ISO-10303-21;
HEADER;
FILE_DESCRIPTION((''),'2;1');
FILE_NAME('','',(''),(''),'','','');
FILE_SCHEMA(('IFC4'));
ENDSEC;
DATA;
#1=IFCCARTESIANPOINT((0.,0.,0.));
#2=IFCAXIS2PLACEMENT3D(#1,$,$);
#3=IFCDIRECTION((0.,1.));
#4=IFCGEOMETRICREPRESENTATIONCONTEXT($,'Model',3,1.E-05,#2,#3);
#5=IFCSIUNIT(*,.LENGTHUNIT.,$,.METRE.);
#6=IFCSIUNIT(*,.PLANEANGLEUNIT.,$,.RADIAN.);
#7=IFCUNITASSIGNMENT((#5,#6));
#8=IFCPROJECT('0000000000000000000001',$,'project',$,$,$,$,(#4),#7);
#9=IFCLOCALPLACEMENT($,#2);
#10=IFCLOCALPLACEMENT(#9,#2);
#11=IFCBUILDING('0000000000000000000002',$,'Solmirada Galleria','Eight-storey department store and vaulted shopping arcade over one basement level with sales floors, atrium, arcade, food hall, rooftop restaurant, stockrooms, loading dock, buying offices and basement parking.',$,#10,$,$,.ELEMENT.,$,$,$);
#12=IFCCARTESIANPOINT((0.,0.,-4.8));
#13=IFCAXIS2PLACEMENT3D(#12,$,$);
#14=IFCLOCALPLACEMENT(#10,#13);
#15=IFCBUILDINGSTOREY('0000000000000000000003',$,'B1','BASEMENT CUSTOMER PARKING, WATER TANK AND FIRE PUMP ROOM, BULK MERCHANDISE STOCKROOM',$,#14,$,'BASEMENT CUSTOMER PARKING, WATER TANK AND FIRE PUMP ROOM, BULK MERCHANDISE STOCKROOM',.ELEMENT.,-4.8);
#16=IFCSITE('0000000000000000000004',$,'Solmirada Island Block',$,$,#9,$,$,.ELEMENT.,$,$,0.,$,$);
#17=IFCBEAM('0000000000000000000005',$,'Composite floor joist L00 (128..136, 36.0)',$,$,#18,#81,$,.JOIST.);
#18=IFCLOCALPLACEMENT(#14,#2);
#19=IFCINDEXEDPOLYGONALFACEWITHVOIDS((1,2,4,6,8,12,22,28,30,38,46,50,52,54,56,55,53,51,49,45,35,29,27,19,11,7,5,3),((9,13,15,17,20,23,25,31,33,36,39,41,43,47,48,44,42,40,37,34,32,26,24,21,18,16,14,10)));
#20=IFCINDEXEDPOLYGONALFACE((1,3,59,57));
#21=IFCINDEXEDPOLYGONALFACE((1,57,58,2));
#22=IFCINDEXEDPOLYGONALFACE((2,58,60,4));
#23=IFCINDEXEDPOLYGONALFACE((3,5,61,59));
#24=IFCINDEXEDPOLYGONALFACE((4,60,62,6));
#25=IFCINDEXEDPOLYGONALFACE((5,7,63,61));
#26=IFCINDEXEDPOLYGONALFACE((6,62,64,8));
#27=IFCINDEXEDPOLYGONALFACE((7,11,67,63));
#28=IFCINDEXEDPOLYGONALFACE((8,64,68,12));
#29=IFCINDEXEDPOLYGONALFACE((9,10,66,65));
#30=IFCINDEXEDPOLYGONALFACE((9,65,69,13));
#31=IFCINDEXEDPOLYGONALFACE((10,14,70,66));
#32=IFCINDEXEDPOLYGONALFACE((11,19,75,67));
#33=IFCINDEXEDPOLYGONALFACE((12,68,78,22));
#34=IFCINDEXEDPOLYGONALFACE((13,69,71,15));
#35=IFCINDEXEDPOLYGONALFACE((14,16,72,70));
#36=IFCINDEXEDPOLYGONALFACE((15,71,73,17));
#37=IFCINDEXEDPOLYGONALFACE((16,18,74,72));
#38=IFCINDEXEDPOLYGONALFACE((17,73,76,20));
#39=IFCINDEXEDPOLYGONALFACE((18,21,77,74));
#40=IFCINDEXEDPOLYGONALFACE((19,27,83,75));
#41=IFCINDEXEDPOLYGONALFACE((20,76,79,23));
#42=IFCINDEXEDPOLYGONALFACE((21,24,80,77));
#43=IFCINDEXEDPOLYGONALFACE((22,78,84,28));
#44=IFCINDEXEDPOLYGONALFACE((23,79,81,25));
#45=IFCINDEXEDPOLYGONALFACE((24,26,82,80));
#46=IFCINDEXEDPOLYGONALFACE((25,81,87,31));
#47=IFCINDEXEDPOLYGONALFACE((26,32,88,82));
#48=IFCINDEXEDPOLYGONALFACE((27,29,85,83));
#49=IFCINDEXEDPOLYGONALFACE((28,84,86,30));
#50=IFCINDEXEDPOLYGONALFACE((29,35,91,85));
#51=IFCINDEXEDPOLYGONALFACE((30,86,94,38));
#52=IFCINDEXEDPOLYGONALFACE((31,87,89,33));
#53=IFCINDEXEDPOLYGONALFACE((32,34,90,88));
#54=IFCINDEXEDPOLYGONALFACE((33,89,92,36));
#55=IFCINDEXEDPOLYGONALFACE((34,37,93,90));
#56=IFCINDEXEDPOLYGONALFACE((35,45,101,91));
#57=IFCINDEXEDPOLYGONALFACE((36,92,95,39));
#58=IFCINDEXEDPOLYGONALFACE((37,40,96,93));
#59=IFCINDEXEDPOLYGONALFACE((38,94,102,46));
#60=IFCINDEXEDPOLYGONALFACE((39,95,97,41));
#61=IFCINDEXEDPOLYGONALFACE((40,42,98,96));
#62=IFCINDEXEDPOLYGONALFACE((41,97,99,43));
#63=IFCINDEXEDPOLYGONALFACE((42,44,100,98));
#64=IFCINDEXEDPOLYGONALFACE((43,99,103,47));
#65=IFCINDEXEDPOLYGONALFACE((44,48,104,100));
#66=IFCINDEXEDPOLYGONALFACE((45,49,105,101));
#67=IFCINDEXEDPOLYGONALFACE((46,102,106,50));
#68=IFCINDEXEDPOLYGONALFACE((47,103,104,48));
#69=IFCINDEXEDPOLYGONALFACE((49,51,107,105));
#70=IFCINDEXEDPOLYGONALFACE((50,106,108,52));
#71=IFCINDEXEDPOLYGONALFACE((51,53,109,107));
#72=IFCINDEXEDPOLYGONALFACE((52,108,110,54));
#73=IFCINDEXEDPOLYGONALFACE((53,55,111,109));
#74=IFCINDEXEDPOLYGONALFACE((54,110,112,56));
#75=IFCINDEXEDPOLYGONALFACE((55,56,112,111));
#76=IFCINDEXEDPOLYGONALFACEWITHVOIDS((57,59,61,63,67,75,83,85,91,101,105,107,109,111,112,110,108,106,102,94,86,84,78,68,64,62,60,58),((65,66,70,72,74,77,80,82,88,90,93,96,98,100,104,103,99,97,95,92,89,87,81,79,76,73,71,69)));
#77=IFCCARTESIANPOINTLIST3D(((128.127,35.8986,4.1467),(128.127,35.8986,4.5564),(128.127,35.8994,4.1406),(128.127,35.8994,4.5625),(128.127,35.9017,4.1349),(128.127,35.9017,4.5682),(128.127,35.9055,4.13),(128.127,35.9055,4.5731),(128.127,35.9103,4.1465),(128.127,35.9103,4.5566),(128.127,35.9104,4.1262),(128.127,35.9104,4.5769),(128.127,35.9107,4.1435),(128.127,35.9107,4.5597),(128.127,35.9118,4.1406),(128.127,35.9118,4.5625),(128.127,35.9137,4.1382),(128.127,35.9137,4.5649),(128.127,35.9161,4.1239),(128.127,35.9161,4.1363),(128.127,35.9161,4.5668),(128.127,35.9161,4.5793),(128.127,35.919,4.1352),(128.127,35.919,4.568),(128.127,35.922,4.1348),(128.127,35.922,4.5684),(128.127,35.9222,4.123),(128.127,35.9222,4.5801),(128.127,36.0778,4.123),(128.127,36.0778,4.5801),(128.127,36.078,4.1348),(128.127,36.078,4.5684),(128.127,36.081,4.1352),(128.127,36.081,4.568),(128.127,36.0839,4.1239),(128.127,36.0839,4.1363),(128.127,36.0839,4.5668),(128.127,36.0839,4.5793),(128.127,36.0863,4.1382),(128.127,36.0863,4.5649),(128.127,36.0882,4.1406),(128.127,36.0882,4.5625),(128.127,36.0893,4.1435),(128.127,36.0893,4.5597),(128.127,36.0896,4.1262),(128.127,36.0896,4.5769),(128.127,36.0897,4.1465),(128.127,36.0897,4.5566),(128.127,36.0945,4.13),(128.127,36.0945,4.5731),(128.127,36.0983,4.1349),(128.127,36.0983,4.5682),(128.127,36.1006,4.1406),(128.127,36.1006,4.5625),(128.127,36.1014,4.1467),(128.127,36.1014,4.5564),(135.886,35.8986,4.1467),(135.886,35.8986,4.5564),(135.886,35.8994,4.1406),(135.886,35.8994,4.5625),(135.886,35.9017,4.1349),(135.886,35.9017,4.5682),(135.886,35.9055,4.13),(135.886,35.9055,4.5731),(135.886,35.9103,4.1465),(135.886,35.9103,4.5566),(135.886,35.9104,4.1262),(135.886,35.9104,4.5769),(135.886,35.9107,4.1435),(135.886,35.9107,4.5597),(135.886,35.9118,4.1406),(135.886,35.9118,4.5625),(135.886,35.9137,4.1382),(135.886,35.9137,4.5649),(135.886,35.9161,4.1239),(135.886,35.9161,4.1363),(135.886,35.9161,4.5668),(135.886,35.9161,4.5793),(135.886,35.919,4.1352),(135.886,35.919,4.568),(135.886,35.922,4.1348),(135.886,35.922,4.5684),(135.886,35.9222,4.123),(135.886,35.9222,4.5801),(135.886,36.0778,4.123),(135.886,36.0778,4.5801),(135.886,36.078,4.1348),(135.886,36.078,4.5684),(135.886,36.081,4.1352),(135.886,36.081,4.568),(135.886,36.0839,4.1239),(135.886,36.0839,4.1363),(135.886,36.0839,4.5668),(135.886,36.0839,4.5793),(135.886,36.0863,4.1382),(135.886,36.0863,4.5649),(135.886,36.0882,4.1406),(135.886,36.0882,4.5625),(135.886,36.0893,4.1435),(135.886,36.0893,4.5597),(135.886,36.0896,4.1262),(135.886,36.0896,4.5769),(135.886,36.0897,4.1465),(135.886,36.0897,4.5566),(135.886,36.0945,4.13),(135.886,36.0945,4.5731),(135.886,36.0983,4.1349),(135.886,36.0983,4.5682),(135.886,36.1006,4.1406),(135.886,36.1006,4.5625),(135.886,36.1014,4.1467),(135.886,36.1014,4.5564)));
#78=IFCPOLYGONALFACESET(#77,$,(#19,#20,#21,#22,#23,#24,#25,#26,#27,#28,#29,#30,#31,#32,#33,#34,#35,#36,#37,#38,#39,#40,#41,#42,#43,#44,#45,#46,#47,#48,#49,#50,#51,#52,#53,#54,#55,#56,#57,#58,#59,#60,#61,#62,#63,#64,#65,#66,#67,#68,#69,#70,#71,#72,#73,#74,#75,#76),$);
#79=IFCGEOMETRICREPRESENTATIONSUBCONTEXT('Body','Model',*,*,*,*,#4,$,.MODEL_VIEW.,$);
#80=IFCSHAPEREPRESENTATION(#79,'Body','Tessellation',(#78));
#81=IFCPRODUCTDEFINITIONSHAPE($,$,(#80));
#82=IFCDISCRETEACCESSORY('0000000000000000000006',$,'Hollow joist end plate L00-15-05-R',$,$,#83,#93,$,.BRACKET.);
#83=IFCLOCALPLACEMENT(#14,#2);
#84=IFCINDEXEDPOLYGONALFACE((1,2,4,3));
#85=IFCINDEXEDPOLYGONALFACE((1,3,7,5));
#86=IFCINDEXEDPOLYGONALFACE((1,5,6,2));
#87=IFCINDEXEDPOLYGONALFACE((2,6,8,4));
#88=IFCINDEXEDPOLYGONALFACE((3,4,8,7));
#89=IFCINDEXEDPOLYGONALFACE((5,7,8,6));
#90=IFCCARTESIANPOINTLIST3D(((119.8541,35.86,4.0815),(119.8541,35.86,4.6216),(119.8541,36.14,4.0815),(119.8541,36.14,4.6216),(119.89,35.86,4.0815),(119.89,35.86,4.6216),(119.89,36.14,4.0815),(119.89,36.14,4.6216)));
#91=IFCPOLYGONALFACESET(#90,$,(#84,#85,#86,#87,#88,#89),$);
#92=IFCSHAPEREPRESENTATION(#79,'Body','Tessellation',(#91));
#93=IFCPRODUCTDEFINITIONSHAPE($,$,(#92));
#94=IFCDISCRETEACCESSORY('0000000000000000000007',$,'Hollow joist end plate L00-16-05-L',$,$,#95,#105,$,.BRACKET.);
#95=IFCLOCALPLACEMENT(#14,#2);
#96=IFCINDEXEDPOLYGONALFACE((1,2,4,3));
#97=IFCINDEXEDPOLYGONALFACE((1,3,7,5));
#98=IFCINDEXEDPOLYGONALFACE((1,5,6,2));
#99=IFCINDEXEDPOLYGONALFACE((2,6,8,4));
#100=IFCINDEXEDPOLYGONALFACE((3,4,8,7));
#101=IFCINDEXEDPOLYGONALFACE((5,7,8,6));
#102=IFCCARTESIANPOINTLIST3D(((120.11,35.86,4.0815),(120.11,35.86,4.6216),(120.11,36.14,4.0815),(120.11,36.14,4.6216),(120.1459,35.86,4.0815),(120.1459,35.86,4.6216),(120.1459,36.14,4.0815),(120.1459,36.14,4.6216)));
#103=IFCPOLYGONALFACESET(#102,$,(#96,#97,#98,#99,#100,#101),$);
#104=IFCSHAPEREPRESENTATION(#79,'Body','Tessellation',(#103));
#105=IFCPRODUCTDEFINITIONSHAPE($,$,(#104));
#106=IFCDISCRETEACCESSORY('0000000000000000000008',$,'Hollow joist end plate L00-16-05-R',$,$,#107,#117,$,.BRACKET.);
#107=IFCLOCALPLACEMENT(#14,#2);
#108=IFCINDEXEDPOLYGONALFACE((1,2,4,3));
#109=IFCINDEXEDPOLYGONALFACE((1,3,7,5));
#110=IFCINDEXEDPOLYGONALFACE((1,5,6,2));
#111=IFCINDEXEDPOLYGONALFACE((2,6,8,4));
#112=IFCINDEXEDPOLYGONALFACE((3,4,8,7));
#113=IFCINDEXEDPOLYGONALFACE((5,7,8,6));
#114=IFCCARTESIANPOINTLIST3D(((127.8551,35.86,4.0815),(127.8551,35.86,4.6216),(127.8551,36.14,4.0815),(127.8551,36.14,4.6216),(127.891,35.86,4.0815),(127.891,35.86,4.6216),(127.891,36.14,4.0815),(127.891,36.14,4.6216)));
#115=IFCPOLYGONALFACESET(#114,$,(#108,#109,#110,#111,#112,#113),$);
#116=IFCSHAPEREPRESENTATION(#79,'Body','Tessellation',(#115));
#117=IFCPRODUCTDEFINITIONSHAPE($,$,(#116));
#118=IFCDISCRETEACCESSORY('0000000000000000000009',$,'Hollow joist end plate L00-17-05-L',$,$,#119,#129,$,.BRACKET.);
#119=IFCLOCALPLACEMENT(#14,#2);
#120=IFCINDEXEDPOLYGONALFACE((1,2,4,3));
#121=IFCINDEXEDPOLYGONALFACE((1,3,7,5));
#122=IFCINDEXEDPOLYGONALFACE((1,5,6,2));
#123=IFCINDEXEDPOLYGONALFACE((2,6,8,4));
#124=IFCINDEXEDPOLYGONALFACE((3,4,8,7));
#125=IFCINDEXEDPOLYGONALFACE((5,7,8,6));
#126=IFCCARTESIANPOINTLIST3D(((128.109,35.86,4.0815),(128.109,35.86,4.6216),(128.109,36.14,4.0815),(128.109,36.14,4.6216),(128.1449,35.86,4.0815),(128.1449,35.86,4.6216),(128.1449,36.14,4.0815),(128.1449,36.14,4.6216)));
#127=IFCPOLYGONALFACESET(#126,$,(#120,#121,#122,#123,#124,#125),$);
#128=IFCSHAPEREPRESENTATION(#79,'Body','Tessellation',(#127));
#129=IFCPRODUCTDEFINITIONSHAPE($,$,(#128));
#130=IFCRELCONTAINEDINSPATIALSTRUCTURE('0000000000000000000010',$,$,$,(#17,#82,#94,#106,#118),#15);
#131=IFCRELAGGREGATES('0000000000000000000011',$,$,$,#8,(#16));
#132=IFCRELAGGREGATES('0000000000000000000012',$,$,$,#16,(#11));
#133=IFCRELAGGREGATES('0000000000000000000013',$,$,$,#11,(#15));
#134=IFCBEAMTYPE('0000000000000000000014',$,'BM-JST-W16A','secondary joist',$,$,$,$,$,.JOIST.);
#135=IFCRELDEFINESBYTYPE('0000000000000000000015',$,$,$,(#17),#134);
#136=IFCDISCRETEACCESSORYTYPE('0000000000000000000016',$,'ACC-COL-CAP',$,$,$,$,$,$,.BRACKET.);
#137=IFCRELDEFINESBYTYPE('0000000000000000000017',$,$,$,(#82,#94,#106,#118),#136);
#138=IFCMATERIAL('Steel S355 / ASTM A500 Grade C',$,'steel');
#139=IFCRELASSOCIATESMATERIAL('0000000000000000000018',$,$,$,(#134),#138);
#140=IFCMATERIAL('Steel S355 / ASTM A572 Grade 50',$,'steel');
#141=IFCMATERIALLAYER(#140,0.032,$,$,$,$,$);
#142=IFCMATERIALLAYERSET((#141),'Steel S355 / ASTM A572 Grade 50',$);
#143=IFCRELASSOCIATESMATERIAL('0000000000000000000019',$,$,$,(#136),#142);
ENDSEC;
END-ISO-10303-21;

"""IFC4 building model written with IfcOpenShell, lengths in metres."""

from ifc_helpers import new_model, si_unit, direction, frame, origin, origin_2d, place, context, subcontext, project, spatial, rectangle, hollow_rectangle, extrude, material, layer, layer_set, material_profile, profile_set, type_object, element, save


model = new_model("IFC4")

# Units and contexts
model_context = context("Model", 3, precision=1e-05, world=origin(), true_north=direction((0.0, 1.0)))
body_context = subcontext(model_context, "Body", "Model", "MODEL_VIEW")
ifc_project = project(units=[si_unit("LENGTHUNIT", "METRE"), si_unit("PLANEANGLEUNIT", "RADIAN")], contexts=[model_context])

# Site, building, storey
site_placement = place(None, origin())
site = spatial("IfcSite", under=ifc_project, at=site_placement, Name="Solmirada Island Block", CompositionType="ELEMENT", RefElevation=0.0)
building_placement = place(site_placement, origin())
building = spatial("IfcBuilding", under=site, at=building_placement, Name="Solmirada Galleria", Description="Eight-storey department store and vaulted shopping arcade over one basement level with sales floors, atrium, arcade, food hall, rooftop restaurant, stockrooms, loading dock, buying offices and basement parking.", CompositionType="ELEMENT")
storey_placement = place(building_placement, frame((0.0, 0.0, -4.8)))
storey = spatial("IfcBuildingStorey", under=building, at=storey_placement, Name="B1", Description="BASEMENT CUSTOMER PARKING, WATER TANK AND FIRE PUMP ROOM, BULK MERCHANDISE STOCKROOM", LongName="BASEMENT CUSTOMER PARKING, WATER TANK AND FIRE PUMP ROOM, BULK MERCHANDISE STOCKROOM", CompositionType="ELEMENT", Elevation=-4.8)

# Shared definitions
ifc_material_1 = material(Name="Steel S355 / ASTM A500 Grade C", Category="steel")

# Beam
ifc_material_profile_1 = material_profile(ifc_material_1, hollow_rectangle(XDim=0.2029, YDim=0.457, WallThickness=0.0117, InnerFilletRadius=0.0117, OuterFilletRadius=0.0237, at=origin_2d()), Name="HSS18X8X1/2")
ifc_profile_set_1 = profile_set([ifc_material_profile_1], Name="Steel S355 / ASTM A500 Grade C")
beam_type_1 = type_object("IfcBeamType", Name="BM-JST-W16A", Description="secondary joist", PredefinedType="JOIST", material=ifc_profile_set_1)
beam_1_placement = place(storey_placement, frame((128.127, 36.0, 4.3516), z_axis=(1.0, 0.0, 0.0), x_axis=(0.0, 1.0, 0.0)))
element("IfcBeam", 1, at=beam_1_placement, inside=storey, type_object=beam_type_1, Name="Composite floor joist L00 (128..136, 36.0)", PredefinedType="JOIST", context=body_context, shape_type="SweptSolid", body=[
    extrude(hollow_rectangle(XDim=0.2029, YDim=0.457, WallThickness=0.0117, InnerFilletRadius=0.0117, OuterFilletRadius=0.0237, at=origin_2d()), origin(), (0.0, 0.0, 1.0), 7.759),
])

# Discrete accessories
ifc_material_2 = material(Name="Steel S355 / ASTM A572 Grade 50", Category="steel")
ifc_layer = layer(ifc_material_2, 0.032)
ifc_layer_set = layer_set([ifc_layer], Name="Steel S355 / ASTM A572 Grade 50")
discrete_accessory_type = type_object("IfcDiscreteAccessoryType", Name="ACC-COL-CAP", PredefinedType="BRACKET", material=ifc_layer_set)
for number, where, z_axis, x_axis, name in (
    (2, (119.8721, 36.0, 4.0815), (0.0, 0.0, 1.0), (1.0, 0.0, 0.0), "Hollow joist end plate L00-15-05-R"),
    (3, (120.1279, 36.0, 4.0815), (0.0, 0.0, 1.0), (1.0, 0.0, 0.0), "Hollow joist end plate L00-16-05-L"),
    (4, (127.873, 36.0, 4.0815), (0.0, 0.0, 1.0), (1.0, 0.0, 0.0), "Hollow joist end plate L00-16-05-R"),
    (5, (128.127, 36.0, 4.0815), (0.0, 0.0, 1.0), (1.0, 0.0, 0.0), "Hollow joist end plate L00-17-05-L"),
):
    element("IfcDiscreteAccessory", number, at=place(storey_placement, frame(where, z_axis=z_axis, x_axis=x_axis)), inside=storey, type_object=discrete_accessory_type, Name=name, PredefinedType="BRACKET", context=body_context, shape_type="SweptSolid", body=[
        extrude(rectangle(XDim=0.0359, YDim=0.28, at=origin_2d()), origin(), (0.0, 0.0, 1.0), 0.54),
    ])

save(model, "model.ifc")
